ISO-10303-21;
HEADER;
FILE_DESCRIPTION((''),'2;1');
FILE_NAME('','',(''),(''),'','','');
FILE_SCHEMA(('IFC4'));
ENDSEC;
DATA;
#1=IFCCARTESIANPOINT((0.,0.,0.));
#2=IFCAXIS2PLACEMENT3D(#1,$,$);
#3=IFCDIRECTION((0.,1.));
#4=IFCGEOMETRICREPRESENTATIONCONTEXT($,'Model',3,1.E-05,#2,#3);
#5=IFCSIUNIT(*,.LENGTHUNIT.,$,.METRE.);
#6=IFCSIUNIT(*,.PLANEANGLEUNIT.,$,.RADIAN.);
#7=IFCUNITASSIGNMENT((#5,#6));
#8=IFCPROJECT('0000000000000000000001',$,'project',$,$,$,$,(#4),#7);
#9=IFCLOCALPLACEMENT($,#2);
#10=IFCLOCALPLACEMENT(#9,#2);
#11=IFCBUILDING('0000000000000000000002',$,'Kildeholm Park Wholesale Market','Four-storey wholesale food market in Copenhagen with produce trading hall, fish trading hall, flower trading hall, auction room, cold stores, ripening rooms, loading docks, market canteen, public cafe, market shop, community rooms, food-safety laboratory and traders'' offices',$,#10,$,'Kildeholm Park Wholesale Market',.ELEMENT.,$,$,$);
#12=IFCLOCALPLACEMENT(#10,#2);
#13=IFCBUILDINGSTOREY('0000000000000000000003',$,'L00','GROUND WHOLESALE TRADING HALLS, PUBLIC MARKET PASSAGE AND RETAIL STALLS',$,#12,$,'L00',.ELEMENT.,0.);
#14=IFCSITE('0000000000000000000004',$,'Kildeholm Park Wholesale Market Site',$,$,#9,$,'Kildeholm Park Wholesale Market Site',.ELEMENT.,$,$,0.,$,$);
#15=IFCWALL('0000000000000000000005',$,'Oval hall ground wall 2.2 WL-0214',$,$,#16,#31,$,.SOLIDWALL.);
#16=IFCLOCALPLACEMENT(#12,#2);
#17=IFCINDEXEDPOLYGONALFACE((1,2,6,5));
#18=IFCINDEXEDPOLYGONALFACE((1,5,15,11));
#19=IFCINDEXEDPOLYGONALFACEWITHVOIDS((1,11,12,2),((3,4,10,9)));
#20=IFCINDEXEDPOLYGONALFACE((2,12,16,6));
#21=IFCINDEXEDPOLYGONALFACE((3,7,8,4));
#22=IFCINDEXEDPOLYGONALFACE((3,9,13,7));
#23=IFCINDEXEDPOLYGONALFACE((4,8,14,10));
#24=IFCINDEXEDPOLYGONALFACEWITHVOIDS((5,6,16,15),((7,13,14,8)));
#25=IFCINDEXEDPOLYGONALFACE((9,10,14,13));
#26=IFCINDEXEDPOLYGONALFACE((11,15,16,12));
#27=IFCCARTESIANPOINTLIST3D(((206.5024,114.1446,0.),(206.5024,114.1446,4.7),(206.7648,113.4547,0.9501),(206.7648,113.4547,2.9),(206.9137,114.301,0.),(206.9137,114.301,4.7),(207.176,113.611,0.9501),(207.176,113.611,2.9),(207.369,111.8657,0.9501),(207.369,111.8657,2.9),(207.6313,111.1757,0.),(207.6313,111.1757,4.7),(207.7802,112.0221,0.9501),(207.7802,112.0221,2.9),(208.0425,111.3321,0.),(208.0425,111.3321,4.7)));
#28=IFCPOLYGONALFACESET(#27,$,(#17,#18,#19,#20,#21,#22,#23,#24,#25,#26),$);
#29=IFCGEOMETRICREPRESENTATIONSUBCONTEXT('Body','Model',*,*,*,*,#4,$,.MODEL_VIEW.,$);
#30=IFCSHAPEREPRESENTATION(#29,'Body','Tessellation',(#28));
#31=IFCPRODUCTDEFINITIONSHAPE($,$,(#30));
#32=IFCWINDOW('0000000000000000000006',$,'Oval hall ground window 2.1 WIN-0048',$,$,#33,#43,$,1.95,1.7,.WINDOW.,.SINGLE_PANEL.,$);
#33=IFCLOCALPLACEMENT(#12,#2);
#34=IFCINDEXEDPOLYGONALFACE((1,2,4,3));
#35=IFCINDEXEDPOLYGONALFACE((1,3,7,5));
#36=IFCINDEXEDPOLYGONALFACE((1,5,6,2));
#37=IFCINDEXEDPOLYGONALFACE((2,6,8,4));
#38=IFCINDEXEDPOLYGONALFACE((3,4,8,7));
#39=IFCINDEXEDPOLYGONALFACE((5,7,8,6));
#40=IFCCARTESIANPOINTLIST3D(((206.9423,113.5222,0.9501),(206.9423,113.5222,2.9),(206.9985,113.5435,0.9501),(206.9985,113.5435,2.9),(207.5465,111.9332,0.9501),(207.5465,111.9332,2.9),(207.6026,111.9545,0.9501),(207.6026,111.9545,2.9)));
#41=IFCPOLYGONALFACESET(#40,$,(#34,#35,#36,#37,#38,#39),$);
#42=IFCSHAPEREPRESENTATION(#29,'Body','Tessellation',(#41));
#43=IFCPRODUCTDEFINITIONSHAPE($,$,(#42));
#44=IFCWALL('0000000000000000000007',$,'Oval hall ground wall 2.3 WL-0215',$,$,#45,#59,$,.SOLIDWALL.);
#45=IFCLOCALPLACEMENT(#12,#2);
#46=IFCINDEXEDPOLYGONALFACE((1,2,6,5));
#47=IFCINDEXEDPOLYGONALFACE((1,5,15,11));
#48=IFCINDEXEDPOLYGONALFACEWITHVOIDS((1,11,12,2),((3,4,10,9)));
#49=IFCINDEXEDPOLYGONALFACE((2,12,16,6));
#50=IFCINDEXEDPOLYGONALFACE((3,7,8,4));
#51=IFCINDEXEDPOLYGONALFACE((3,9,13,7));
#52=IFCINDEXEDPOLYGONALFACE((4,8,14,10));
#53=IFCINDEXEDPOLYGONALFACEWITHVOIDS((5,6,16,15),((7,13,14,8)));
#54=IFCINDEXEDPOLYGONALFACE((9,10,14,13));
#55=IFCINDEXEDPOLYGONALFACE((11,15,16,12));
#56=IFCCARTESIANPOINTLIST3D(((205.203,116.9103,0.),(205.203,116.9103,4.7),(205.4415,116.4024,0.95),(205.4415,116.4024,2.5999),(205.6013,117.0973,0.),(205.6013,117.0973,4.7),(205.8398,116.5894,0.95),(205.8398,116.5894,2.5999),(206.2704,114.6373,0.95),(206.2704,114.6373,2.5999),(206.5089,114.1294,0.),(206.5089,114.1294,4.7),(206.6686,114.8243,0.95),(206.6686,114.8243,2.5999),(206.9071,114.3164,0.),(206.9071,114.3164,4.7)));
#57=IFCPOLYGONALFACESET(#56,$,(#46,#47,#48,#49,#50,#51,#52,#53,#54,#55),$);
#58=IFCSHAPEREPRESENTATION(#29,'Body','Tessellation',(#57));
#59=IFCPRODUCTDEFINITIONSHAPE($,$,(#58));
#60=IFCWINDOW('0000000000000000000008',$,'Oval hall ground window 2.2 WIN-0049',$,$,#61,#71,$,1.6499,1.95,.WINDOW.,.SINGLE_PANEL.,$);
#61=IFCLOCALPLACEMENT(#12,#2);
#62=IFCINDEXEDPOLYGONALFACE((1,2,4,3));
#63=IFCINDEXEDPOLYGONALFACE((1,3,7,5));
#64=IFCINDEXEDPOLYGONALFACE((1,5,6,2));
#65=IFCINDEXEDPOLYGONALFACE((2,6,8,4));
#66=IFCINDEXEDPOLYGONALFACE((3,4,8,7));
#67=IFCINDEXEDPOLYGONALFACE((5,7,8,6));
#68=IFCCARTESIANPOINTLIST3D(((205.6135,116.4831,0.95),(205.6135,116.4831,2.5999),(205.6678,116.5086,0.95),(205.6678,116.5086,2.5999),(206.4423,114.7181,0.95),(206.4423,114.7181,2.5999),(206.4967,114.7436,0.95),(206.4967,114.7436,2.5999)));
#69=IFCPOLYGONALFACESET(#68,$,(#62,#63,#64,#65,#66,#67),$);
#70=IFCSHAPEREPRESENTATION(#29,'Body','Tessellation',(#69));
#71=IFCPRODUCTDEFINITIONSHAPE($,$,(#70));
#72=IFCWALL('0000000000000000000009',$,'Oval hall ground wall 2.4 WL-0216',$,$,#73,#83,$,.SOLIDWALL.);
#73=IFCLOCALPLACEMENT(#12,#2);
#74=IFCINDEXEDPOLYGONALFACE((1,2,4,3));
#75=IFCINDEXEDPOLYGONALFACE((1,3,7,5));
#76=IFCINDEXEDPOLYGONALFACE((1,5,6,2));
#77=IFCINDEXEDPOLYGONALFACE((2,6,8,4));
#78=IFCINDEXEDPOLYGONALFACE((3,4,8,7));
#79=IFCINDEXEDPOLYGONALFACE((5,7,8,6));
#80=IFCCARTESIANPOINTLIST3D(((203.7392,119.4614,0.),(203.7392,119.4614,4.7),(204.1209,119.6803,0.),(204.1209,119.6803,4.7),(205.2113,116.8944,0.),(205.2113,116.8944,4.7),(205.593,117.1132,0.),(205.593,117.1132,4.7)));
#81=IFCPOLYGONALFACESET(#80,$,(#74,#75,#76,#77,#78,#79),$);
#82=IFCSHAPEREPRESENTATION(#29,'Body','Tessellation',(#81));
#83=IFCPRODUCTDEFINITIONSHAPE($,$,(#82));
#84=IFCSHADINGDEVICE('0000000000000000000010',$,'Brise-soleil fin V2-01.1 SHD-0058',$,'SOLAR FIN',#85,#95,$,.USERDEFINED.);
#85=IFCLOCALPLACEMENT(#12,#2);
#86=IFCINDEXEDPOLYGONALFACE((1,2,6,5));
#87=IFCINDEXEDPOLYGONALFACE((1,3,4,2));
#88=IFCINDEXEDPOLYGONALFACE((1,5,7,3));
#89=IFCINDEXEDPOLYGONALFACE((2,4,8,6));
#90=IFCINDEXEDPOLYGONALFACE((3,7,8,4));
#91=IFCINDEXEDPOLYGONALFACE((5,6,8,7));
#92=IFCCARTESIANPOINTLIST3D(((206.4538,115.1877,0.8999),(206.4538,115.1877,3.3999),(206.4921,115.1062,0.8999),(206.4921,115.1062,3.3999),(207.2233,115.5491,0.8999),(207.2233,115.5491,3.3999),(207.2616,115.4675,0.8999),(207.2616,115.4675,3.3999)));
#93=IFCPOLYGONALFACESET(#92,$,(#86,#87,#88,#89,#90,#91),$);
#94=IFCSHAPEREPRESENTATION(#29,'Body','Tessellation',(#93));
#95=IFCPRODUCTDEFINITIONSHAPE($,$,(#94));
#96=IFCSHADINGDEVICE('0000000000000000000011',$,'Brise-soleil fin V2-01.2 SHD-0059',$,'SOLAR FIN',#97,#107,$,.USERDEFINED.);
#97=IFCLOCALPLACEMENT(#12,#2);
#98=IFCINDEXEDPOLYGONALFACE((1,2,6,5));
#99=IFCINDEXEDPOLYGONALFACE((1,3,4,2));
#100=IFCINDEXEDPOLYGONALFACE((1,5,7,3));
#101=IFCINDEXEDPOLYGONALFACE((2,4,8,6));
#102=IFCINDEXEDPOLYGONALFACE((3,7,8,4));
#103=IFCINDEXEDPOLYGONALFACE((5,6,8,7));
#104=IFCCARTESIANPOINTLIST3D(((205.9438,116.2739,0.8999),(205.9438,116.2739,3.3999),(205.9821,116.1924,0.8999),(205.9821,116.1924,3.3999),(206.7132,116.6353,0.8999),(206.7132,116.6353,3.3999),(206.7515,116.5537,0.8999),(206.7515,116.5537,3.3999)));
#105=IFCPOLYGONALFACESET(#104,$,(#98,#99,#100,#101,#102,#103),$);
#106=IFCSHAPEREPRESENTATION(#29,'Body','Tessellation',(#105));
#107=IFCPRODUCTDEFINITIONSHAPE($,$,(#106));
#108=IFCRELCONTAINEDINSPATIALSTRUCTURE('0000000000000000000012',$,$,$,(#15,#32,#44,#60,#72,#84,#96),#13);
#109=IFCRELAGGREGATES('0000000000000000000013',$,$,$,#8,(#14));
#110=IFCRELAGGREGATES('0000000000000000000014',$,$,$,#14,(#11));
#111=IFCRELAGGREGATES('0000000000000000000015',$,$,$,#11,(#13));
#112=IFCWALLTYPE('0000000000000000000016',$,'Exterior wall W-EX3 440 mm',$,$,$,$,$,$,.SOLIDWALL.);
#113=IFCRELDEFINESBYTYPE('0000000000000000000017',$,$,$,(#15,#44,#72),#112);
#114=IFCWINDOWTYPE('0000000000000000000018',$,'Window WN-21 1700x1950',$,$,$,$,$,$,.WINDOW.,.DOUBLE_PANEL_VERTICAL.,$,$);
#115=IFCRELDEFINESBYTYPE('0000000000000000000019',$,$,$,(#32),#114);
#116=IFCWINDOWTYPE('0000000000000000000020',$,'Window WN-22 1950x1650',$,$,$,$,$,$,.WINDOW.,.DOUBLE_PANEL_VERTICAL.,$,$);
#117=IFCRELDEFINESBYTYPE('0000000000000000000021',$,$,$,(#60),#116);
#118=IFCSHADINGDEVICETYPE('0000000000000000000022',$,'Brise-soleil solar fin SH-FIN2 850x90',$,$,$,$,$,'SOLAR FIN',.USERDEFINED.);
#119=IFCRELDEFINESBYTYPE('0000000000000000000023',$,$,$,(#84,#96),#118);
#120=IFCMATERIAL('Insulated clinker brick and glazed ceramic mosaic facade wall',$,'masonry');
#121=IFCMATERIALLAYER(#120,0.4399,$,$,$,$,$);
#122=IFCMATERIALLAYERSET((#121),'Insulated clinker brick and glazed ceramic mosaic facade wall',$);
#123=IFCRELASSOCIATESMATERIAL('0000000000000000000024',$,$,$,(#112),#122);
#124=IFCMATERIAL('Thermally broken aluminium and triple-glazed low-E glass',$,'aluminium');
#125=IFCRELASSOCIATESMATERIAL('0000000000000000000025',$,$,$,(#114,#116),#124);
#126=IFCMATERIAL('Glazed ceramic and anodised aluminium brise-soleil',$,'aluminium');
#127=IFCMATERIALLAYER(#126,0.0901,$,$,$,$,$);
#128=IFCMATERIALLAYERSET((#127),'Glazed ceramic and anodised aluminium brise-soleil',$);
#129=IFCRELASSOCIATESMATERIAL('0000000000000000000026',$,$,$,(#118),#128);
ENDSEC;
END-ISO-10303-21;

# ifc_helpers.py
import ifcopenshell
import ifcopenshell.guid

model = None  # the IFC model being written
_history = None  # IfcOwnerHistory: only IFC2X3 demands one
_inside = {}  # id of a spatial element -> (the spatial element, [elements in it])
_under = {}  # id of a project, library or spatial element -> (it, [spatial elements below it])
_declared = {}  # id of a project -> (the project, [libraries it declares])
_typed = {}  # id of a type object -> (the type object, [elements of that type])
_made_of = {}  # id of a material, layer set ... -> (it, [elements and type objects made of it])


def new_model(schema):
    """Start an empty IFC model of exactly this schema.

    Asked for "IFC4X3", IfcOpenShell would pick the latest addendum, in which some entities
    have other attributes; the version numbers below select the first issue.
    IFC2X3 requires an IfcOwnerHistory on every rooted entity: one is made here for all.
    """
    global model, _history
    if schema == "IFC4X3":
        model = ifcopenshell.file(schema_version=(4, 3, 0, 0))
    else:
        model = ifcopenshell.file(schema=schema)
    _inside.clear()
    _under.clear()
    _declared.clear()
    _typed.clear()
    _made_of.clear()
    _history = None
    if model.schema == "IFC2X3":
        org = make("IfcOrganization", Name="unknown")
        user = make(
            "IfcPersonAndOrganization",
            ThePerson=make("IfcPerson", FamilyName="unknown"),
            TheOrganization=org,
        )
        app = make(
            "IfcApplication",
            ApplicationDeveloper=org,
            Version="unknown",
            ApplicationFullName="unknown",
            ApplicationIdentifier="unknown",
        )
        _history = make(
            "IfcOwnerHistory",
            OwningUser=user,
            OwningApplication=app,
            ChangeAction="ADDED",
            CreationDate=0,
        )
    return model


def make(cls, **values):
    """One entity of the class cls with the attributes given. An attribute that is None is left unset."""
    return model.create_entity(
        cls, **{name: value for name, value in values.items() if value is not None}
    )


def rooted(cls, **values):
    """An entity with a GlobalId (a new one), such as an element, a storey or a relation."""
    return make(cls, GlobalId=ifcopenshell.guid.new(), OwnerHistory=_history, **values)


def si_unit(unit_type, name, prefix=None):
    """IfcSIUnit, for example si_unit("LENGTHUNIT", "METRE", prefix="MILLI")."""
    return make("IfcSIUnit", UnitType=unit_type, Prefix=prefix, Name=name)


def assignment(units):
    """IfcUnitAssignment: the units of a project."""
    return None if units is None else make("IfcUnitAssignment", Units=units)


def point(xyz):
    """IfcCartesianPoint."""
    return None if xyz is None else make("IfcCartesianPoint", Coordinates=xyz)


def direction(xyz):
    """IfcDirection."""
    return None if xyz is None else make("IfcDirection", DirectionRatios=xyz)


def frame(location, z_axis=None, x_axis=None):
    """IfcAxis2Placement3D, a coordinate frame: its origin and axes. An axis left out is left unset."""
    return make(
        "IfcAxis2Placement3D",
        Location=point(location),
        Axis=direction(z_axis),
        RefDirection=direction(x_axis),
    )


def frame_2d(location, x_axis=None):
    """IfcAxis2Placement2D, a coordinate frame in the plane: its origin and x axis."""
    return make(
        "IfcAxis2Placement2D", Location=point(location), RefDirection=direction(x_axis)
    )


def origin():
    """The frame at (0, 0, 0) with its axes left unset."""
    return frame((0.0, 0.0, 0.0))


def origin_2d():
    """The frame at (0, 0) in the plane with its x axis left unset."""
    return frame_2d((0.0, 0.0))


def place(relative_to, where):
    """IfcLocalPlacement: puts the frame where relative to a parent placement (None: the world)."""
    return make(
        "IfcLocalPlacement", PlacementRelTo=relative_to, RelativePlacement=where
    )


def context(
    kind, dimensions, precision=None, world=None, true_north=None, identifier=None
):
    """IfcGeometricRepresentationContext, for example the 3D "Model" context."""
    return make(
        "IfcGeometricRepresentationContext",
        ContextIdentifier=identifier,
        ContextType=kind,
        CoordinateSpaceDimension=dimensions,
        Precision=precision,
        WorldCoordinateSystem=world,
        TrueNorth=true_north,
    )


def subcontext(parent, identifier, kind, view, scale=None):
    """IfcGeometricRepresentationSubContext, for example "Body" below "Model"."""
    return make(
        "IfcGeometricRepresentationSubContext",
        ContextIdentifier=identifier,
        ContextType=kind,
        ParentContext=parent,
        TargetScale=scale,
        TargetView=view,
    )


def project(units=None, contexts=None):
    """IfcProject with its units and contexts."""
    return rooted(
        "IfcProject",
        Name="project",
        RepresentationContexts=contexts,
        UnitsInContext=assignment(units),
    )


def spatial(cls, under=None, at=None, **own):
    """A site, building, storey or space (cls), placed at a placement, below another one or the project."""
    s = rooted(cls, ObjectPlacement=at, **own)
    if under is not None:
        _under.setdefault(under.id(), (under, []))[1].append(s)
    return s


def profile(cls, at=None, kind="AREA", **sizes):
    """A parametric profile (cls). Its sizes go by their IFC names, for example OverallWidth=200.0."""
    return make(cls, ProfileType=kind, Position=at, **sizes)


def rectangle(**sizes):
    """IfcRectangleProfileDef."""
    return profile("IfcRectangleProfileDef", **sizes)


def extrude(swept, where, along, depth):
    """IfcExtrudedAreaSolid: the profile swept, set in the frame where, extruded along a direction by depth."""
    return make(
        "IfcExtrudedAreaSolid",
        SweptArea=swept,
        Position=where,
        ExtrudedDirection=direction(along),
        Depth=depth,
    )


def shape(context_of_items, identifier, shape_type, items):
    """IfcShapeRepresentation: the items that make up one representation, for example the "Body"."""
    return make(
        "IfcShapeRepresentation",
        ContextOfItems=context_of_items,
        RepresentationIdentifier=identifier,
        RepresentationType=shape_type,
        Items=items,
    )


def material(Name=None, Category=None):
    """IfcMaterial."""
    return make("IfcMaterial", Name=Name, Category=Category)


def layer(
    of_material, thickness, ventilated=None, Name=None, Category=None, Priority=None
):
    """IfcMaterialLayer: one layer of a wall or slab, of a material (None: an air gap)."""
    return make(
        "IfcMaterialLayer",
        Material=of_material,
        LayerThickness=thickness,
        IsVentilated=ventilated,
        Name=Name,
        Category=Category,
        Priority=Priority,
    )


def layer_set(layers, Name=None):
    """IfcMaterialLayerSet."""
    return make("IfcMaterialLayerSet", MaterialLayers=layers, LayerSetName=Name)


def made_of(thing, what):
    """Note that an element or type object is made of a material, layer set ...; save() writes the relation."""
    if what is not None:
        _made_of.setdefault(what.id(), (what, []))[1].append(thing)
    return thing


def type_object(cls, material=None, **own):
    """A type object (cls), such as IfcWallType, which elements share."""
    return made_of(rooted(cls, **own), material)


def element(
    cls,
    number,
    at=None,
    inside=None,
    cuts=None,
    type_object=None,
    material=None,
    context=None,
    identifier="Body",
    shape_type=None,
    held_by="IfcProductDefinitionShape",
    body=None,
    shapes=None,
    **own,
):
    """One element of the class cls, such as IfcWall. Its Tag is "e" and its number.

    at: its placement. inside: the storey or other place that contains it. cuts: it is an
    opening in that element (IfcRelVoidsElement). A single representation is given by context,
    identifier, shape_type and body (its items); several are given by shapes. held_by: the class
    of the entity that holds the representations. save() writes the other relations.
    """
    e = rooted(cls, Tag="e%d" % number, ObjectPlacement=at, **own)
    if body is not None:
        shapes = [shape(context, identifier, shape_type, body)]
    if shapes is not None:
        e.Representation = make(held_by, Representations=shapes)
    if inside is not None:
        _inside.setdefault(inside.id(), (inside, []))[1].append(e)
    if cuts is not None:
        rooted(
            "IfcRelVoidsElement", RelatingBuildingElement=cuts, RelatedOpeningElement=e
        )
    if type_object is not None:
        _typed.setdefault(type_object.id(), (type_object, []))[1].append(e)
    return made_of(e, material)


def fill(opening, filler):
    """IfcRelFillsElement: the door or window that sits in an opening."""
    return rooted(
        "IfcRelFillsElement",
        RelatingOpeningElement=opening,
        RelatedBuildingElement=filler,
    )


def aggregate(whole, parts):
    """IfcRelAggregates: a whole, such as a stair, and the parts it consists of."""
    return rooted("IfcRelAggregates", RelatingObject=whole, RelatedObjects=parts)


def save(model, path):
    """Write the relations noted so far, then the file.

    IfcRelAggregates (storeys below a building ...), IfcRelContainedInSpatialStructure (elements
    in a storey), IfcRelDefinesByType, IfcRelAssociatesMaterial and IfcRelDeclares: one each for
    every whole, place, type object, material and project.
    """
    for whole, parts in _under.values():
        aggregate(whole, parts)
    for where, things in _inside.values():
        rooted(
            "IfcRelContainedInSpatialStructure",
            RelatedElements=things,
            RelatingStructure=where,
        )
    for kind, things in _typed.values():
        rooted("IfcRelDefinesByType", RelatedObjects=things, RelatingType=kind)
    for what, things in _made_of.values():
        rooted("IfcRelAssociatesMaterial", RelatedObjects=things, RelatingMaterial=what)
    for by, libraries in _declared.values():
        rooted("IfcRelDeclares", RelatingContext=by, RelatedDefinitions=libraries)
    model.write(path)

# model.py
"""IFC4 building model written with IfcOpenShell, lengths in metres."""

from ifc_helpers import new_model, si_unit, direction, frame, frame_2d, origin, origin_2d, place, context, subcontext, project, spatial, rectangle, extrude, material, layer, layer_set, type_object, element, fill, save


model = new_model("IFC4")

# Units and contexts
model_context = context("Model", 3, precision=1e-05, world=origin(), true_north=direction((0.0, 1.0)))
body_context = subcontext(model_context, "Body", "Model", "MODEL_VIEW")
ifc_project = project(units=[si_unit("LENGTHUNIT", "METRE"), si_unit("PLANEANGLEUNIT", "RADIAN")], contexts=[model_context])

# Site, building, storey
site_placement = place(None, origin())
site = spatial("IfcSite", under=ifc_project, at=site_placement, Name="Kildeholm Park Wholesale Market Site", LongName="Kildeholm Park Wholesale Market Site", CompositionType="ELEMENT", RefElevation=0.0)
building_placement = place(site_placement, origin())
building = spatial("IfcBuilding", under=site, at=building_placement, Name="Kildeholm Park Wholesale Market", Description="Four-storey wholesale food market in Copenhagen with produce trading hall, fish trading hall, flower trading hall, auction room, cold stores, ripening rooms, loading docks, market canteen, public cafe, market shop, community rooms, food-safety laboratory and traders' offices", LongName="Kildeholm Park Wholesale Market", CompositionType="ELEMENT")
storey_placement = place(building_placement, origin())
storey = spatial("IfcBuildingStorey", under=building, at=storey_placement, Name="L00", Description="GROUND WHOLESALE TRADING HALLS, PUBLIC MARKET PASSAGE AND RETAIL STALLS", LongName="L00", CompositionType="ELEMENT", Elevation=0.0)

# Shared definitions
ifc_material_1 = material(Name="Insulated clinker brick and glazed ceramic mosaic facade wall", Category="masonry")
ifc_layer_1 = layer(ifc_material_1, 0.4399)
ifc_layer_set_1 = layer_set([ifc_layer_1], Name="Insulated clinker brick and glazed ceramic mosaic facade wall")
wall_type = type_object("IfcWallType", Name="Exterior wall W-EX3 440 mm", PredefinedType="SOLIDWALL", material=ifc_layer_set_1)

# Walls, openings, windows
wall_1_placement = place(storey_placement, frame((207.8369, 111.2539, 0.0), z_axis=(0.0, 0.0, 1.0), x_axis=(-0.355407, 0.934712, 0.0)))
wall_1 = element("IfcWall", 1, at=wall_1_placement, inside=storey, type_object=wall_type, Name="Oval hall ground wall 2.2 WL-0214", PredefinedType="SOLIDWALL", context=body_context, shape_type="SweptSolid", body=[
    extrude(rectangle(XDim=3.1763, YDim=0.4399, at=frame_2d((1.5881, 0.0))), origin(), (0.0, 0.0, 1.0), 4.7),
])
opening_1_placement = place(wall_1_placement, frame((0.738, 0.0, 0.95)))
opening_1 = element("IfcOpeningElement", 2, at=opening_1_placement, cuts=wall_1, PredefinedType="OPENING", context=body_context, shape_type="SweptSolid", body=[
    extrude(rectangle(XDim=1.7, YDim=1.95, at=frame_2d((0.8501, 0.9751))), frame((0.0, 0.23, 0.0), z_axis=(0.0, -1.0, 0.0), x_axis=(1.0, 0.0, 0.0)), (0.0, 0.0, 1.0), 0.46),
])
ifc_material_2 = material(Name="Thermally broken aluminium and triple-glazed low-E glass", Category="aluminium")
window_type_1 = type_object("IfcWindowType", Name="Window WN-21 1700x1950", PartitioningType="DOUBLE_PANEL_VERTICAL", PredefinedType="WINDOW", material=ifc_material_2)
window_1_placement = place(opening_1_placement, origin())
window_1 = element("IfcWindow", 3, at=window_1_placement, inside=storey, type_object=window_type_1, Name="Oval hall ground window 2.1 WIN-0048", OverallHeight=1.95, OverallWidth=1.7, PartitioningType="SINGLE_PANEL", PredefinedType="WINDOW", context=body_context, shape_type="SweptSolid", body=[
    extrude(rectangle(XDim=1.7, YDim=1.95, at=frame_2d((0.8501, 0.9751))), frame((0.0, 0.03, 0.0), z_axis=(0.0, -1.0, 0.0), x_axis=(1.0, 0.0, 0.0)), (0.0, 0.0, 1.0), 0.0601),
])
fill(opening_1, window_1)
wall_2_placement = place(storey_placement, frame((206.708, 114.2229, 0.0), z_axis=(0.0, 0.0, 1.0), x_axis=(-0.425051, 0.90517, 0.0)))
wall_2 = element("IfcWall", 4, at=wall_2_placement, inside=storey, type_object=wall_type, Name="Oval hall ground wall 2.3 WL-0215", PredefinedType="SOLIDWALL", context=body_context, shape_type="SweptSolid", body=[
    extrude(rectangle(XDim=3.0723, YDim=0.4399, at=frame_2d((1.5361, 0.0))), origin(), (0.0, 0.0, 1.0), 4.7),
])
opening_2_placement = place(wall_2_placement, frame((0.561, 0.0, 0.95)))
opening_2 = element("IfcOpeningElement", 5, at=opening_2_placement, cuts=wall_2, PredefinedType="OPENING", context=body_context, shape_type="SweptSolid", body=[
    extrude(rectangle(XDim=1.95, YDim=1.6499, at=frame_2d((0.9751, 0.825))), frame((0.0, 0.23, 0.0), z_axis=(0.0, -1.0, 0.0), x_axis=(1.0, 0.0, 0.0)), (0.0, 0.0, 1.0), 0.46),
])
window_type_2 = type_object("IfcWindowType", Name="Window WN-22 1950x1650", PartitioningType="DOUBLE_PANEL_VERTICAL", PredefinedType="WINDOW", material=ifc_material_2)
window_2_placement = place(opening_2_placement, origin())
window_2 = element("IfcWindow", 6, at=window_2_placement, inside=storey, type_object=window_type_2, Name="Oval hall ground window 2.2 WIN-0049", OverallHeight=1.6499, OverallWidth=1.95, PartitioningType="SINGLE_PANEL", PredefinedType="WINDOW", context=body_context, shape_type="SweptSolid", body=[
    extrude(rectangle(XDim=1.95, YDim=1.6499, at=frame_2d((0.9751, 0.825))), frame((0.0, 0.03, 0.0), z_axis=(0.0, -1.0, 0.0), x_axis=(1.0, 0.0, 0.0)), (0.0, 0.0, 1.0), 0.0601),
])
fill(opening_2, window_2)

# Wall
wall_3_placement = place(storey_placement, frame((205.4021, 117.0039, 0.0), z_axis=(0.0, 0.0, 1.0), x_axis=(-0.497471, 0.867481, 0.0)))
element("IfcWall", 7, at=wall_3_placement, inside=storey, type_object=wall_type, Name="Oval hall ground wall 2.4 WL-0216", PredefinedType="SOLIDWALL", context=body_context, shape_type="SweptSolid", body=[
    extrude(rectangle(XDim=2.9592, YDim=0.4399, at=frame_2d((1.4795, 0.0))), origin(), (0.0, 0.0, 1.0), 4.7),
])

# Shading devices
ifc_material_3 = material(Name="Glazed ceramic and anodised aluminium brise-soleil", Category="aluminium")
ifc_layer_2 = layer(ifc_material_3, 0.0901)
ifc_layer_set_2 = layer_set([ifc_layer_2], Name="Glazed ceramic and anodised aluminium brise-soleil")
shading_device_type = type_object("IfcShadingDeviceType", Name="Brise-soleil solar fin SH-FIN2 850x90", ElementType="SOLAR FIN", PredefinedType="USERDEFINED", material=ifc_layer_set_2)
for number, where, z_axis, x_axis, name in (
    (8, (206.8577, 115.3276, 0.8999), (0.0, 0.0, 1.0), (0.905161, 0.425069, 0.0), "Brise-soleil fin V2-01.1 SHD-0058"),
    (9, (206.3477, 116.4138, 0.8999), (0.0, 0.0, 1.0), (0.905161, 0.425069, 0.0), "Brise-soleil fin V2-01.2 SHD-0059"),
):
    element("IfcShadingDevice", number, at=place(storey_placement, frame(where, z_axis=z_axis, x_axis=x_axis)), inside=storey, type_object=shading_device_type, Name=name, ObjectType="SOLAR FIN", PredefinedType="USERDEFINED", context=body_context, shape_type="SweptSolid", body=[
        extrude(rectangle(XDim=0.8501, YDim=0.0901, at=origin_2d()), origin(), (0.0, 0.0, 1.0), 2.5),
    ])

save(model, "model.ifc")
